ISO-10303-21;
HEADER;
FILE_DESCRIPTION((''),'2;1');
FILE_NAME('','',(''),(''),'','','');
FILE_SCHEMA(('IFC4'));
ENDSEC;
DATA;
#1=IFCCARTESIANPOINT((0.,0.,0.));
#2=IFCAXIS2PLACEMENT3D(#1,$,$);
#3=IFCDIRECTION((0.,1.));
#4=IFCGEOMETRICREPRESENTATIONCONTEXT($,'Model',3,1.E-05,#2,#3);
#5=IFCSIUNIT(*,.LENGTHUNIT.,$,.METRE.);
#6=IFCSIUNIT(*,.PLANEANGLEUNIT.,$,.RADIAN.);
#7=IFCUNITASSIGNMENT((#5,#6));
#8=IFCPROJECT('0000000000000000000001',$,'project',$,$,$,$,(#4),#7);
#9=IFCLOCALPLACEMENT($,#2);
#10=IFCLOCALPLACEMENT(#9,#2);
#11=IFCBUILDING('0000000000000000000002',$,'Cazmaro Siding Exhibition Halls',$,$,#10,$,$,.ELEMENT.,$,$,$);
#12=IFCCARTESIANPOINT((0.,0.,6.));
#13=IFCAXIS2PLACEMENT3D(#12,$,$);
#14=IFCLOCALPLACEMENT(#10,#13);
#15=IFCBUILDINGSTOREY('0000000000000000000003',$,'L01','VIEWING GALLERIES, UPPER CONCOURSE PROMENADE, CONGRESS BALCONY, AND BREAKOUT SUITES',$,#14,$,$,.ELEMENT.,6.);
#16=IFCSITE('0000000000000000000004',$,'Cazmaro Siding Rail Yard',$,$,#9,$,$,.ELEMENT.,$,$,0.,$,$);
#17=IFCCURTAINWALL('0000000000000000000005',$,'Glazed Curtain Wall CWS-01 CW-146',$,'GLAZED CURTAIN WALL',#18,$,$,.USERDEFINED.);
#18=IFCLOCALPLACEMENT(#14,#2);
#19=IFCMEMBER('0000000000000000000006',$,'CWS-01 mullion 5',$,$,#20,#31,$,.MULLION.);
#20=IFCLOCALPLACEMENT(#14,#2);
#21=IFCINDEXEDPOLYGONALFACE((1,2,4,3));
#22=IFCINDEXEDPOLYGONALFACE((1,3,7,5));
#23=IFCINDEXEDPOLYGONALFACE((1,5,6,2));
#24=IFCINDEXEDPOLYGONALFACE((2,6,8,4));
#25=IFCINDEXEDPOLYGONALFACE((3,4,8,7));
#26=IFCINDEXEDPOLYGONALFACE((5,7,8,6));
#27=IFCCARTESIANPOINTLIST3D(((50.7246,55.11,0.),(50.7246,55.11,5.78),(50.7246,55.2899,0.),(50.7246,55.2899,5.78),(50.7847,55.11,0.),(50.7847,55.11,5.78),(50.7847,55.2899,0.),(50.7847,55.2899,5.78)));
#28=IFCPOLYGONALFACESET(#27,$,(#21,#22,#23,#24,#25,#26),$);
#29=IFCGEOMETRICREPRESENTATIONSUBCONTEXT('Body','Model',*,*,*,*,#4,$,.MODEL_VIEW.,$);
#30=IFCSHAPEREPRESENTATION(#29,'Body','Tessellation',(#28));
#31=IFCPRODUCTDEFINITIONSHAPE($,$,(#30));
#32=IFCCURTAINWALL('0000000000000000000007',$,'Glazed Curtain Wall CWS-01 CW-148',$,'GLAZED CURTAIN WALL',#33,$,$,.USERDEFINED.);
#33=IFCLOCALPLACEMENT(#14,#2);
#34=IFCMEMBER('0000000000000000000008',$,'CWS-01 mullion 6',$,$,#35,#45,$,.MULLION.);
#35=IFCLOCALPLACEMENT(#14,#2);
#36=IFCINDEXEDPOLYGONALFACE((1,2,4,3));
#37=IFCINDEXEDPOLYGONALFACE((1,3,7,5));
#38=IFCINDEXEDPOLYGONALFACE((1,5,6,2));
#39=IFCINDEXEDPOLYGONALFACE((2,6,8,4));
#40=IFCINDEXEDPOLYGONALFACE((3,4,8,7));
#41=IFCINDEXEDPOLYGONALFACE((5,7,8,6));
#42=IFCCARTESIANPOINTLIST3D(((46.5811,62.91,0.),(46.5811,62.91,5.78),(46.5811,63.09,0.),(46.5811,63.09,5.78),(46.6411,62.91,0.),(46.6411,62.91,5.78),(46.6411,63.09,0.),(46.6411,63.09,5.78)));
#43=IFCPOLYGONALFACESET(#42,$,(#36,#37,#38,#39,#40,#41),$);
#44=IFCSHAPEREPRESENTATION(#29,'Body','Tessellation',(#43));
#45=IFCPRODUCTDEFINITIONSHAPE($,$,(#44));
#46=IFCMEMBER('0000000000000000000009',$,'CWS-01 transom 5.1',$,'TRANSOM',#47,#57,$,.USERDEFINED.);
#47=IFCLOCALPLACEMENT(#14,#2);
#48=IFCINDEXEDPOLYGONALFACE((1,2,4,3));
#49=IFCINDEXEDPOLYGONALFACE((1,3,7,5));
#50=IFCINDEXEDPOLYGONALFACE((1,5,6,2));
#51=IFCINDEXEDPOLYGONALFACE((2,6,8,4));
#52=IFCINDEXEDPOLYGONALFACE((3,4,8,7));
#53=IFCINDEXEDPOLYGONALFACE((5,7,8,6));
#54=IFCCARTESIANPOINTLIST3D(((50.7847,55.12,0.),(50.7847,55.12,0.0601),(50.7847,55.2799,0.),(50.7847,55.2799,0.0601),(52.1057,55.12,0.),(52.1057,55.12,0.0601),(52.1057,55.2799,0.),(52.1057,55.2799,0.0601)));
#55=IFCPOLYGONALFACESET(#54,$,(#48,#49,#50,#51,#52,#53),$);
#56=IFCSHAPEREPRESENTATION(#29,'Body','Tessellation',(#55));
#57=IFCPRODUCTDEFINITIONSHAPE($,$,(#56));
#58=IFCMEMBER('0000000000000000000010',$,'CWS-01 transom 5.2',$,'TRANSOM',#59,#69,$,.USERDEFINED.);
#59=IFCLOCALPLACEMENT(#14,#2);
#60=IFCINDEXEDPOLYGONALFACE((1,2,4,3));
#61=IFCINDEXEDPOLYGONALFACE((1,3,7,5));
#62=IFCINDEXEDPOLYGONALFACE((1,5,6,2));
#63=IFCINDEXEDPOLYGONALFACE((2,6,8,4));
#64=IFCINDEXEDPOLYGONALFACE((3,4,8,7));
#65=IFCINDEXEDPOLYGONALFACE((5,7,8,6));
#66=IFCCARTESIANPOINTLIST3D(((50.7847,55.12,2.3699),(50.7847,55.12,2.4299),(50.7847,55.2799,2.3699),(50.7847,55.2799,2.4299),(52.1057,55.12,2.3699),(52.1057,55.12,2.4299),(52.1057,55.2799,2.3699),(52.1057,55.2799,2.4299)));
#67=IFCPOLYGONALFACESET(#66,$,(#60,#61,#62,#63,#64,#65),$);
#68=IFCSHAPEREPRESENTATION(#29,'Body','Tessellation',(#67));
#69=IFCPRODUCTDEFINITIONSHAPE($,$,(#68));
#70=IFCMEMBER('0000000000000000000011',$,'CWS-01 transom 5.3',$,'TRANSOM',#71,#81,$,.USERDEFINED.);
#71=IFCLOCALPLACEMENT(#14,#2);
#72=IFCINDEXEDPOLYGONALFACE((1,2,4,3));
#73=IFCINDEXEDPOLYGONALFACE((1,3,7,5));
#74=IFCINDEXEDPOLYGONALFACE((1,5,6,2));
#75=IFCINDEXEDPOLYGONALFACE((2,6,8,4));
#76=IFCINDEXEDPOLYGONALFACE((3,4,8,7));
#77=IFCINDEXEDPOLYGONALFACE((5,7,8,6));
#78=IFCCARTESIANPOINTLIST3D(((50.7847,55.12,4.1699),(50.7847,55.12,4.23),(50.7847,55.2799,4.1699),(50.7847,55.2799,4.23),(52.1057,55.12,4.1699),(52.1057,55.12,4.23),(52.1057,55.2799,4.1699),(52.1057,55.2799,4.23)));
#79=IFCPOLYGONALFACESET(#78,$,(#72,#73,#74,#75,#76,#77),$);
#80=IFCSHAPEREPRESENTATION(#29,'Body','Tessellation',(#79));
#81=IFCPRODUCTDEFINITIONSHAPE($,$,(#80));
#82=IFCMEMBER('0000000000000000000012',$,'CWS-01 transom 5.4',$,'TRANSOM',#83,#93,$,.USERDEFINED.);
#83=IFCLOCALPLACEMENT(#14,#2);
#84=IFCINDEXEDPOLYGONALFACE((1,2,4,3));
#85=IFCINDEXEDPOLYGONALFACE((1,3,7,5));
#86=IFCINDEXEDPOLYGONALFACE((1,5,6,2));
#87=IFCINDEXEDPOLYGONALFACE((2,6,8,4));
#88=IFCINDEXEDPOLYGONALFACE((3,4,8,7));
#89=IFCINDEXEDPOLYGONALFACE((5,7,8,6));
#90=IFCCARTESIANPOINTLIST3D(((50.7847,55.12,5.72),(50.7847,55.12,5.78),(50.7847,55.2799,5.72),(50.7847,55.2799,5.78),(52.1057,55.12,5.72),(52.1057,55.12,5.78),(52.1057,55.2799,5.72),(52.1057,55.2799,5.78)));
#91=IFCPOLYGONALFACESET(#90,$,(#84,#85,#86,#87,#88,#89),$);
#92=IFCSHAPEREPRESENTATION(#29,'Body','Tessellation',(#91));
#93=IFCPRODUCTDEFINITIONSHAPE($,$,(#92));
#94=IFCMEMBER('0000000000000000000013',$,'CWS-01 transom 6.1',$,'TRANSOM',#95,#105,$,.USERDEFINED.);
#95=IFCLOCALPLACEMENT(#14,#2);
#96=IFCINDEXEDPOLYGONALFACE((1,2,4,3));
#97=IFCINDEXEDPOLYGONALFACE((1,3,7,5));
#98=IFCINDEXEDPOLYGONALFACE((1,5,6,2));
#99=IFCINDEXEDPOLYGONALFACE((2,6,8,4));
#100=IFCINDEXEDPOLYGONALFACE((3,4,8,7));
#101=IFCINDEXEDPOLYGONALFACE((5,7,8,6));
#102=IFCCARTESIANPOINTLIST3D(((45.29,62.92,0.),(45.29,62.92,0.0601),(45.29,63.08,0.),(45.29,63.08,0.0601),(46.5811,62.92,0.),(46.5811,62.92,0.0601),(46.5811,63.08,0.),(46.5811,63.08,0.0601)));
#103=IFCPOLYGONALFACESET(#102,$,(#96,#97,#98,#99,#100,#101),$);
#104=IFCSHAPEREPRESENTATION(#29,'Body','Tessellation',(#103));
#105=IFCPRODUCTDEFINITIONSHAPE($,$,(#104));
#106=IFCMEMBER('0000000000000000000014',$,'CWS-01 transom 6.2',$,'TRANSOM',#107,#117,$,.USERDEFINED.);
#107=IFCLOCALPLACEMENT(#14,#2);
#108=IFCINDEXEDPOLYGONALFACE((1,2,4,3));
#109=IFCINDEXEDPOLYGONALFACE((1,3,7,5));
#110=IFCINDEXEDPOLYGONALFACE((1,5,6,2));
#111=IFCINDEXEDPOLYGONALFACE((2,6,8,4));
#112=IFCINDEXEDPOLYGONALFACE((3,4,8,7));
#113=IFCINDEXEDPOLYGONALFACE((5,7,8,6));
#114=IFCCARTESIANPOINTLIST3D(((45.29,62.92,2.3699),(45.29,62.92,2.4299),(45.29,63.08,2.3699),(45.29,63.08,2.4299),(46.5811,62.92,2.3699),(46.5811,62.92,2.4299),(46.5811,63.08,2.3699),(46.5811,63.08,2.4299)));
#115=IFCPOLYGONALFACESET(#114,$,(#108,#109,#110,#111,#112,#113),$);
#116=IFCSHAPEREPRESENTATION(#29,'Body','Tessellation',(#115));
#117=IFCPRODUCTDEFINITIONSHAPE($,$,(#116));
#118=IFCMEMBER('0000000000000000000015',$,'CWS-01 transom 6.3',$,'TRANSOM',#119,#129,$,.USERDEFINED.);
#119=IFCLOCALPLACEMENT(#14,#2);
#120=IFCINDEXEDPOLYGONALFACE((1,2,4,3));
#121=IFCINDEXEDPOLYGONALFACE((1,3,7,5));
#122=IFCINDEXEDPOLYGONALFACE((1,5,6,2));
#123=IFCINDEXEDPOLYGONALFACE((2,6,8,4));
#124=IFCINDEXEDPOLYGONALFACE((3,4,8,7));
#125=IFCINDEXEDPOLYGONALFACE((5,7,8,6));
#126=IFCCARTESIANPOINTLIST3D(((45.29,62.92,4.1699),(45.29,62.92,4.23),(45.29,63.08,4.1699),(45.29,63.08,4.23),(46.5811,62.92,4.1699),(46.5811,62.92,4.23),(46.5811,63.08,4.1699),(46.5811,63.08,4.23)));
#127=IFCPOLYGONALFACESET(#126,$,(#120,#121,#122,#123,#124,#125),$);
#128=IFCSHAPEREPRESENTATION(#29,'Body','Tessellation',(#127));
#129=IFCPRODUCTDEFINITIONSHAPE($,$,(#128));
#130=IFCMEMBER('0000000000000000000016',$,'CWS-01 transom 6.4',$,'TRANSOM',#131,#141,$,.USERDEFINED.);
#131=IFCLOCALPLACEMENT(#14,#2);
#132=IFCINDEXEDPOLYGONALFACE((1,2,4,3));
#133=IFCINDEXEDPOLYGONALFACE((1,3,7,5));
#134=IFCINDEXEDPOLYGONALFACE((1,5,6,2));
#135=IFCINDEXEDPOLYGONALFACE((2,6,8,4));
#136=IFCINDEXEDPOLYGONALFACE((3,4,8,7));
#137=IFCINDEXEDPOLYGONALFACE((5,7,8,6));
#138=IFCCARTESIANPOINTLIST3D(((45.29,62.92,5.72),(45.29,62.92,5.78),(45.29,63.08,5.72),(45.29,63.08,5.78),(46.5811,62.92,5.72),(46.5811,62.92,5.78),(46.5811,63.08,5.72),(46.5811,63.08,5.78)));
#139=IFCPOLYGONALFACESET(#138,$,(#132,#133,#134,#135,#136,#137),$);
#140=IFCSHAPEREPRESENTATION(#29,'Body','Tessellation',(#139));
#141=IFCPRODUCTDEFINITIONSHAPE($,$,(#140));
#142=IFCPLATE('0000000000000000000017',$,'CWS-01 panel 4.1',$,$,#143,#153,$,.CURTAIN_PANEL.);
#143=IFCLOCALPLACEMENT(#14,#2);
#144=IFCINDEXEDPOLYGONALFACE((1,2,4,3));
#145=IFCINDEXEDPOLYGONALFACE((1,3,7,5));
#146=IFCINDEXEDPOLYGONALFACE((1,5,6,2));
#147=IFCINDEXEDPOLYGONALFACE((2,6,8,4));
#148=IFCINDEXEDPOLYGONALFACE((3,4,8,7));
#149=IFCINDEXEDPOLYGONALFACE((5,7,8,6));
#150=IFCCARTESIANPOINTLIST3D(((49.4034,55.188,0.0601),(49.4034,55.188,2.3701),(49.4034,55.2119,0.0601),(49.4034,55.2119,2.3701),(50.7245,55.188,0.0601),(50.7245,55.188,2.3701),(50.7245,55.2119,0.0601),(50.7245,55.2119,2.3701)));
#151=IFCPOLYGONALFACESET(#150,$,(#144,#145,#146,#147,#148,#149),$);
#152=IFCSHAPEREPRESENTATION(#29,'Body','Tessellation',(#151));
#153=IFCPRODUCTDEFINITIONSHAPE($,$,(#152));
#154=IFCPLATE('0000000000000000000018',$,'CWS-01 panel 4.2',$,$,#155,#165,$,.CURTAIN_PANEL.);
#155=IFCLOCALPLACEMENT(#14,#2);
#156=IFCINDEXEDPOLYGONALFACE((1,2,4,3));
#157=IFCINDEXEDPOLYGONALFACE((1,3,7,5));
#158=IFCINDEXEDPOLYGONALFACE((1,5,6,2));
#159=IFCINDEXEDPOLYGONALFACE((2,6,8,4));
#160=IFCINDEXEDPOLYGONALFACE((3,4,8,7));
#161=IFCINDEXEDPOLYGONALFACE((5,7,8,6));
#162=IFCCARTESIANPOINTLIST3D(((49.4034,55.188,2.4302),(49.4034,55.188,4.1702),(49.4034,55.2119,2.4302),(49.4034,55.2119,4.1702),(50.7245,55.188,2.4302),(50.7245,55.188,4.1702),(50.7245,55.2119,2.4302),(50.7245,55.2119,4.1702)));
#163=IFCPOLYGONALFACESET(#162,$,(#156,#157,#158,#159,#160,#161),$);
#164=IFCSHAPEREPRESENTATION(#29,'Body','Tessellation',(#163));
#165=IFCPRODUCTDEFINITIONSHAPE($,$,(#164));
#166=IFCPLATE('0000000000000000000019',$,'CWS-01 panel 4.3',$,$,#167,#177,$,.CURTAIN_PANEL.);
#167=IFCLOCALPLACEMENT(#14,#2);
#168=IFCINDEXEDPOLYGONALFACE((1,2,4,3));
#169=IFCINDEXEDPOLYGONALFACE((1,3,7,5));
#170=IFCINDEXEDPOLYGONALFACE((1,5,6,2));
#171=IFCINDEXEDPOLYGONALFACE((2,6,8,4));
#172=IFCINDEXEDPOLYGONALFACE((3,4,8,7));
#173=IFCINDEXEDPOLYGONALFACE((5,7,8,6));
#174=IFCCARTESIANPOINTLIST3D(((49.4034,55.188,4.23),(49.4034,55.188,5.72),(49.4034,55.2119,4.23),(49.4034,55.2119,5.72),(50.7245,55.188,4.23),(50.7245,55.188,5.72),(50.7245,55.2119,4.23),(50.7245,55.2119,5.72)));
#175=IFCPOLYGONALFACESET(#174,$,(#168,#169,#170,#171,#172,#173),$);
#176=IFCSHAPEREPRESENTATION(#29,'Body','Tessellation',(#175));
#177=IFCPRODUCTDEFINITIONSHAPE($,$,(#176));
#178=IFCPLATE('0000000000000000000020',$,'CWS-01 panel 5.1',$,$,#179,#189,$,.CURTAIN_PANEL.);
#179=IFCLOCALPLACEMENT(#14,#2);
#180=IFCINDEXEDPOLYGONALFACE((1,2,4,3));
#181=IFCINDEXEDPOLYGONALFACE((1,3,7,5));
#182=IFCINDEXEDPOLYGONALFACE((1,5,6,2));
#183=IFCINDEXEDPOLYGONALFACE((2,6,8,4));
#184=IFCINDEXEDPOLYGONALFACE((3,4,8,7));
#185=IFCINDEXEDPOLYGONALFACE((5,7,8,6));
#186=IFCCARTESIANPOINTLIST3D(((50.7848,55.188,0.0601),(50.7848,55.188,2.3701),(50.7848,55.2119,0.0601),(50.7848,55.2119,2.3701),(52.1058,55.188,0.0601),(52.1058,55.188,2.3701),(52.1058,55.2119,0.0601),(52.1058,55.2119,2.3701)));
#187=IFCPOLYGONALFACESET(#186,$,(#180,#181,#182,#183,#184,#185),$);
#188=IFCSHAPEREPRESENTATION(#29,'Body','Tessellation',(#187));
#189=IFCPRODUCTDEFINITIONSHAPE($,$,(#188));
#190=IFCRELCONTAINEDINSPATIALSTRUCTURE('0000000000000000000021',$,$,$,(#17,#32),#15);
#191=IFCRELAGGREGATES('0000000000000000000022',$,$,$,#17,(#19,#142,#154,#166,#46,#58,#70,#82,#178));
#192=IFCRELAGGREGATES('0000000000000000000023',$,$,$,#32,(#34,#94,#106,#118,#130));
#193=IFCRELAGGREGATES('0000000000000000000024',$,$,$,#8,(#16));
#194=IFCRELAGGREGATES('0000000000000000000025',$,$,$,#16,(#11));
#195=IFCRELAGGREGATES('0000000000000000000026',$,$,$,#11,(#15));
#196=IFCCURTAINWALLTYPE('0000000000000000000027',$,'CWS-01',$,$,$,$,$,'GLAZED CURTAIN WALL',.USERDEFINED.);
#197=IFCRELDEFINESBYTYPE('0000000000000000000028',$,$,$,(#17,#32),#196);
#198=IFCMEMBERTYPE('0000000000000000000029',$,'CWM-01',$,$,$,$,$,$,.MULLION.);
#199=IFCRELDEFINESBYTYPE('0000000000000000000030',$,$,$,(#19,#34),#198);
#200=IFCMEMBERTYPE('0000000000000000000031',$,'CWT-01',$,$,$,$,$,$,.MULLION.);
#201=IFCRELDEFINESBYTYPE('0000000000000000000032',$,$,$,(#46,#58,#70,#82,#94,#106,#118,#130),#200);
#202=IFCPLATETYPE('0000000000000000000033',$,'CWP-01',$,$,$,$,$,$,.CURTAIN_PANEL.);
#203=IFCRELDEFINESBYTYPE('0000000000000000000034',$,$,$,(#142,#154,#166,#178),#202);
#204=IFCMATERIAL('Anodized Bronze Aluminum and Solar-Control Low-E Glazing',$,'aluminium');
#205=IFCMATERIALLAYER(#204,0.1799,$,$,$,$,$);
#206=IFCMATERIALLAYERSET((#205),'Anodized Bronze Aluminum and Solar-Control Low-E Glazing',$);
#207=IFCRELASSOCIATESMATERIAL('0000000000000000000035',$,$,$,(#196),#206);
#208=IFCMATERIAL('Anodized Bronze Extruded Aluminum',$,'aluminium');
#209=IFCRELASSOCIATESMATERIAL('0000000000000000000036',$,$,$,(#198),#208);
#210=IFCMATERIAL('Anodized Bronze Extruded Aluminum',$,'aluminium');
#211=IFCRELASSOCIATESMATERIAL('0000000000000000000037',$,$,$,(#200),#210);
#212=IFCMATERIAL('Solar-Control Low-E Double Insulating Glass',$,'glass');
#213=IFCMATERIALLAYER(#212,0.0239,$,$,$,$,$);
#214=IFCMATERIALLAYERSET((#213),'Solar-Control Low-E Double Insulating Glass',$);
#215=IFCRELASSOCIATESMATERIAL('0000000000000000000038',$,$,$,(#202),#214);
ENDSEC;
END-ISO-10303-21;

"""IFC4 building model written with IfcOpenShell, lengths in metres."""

from ifc_helpers import new_model, si_unit, direction, frame, origin, origin_2d, place, context, subcontext, project, spatial, rectangle, extrude, material, layer, layer_set, material_profile, profile_set, type_object, element, aggregate, save


model = new_model("IFC4")

# Units and contexts
model_context = context("Model", 3, precision=1e-05, world=origin(), true_north=direction((0.0, 1.0)))
body_context = subcontext(model_context, "Body", "Model", "MODEL_VIEW")
ifc_project = project(units=[si_unit("LENGTHUNIT", "METRE"), si_unit("PLANEANGLEUNIT", "RADIAN")], contexts=[model_context])

# Site, building, storey
site_placement = place(None, origin())
site = spatial("IfcSite", under=ifc_project, at=site_placement, Name="Cazmaro Siding Rail Yard", CompositionType="ELEMENT", RefElevation=0.0)
building_placement = place(site_placement, origin())
building = spatial("IfcBuilding", under=site, at=building_placement, Name="Cazmaro Siding Exhibition Halls", CompositionType="ELEMENT")
storey_placement = place(building_placement, frame((0.0, 0.0, 6.0)))
storey = spatial("IfcBuildingStorey", under=building, at=storey_placement, Name="L01", Description="VIEWING GALLERIES, UPPER CONCOURSE PROMENADE, CONGRESS BALCONY, AND BREAKOUT SUITES", CompositionType="ELEMENT", Elevation=6.0)

# Curtain walls, members
ifc_material_1 = material(Name="Anodized Bronze Aluminum and Solar-Control Low-E Glazing", Category="aluminium")
ifc_layer_1 = layer(ifc_material_1, 0.1799)
ifc_layer_set_1 = layer_set([ifc_layer_1], Name="Anodized Bronze Aluminum and Solar-Control Low-E Glazing")
curtain_wall_type = type_object("IfcCurtainWallType", Name="CWS-01", ElementType="GLAZED CURTAIN WALL", PredefinedType="USERDEFINED", material=ifc_layer_set_1)
curtain_wall_1_placement = place(storey_placement, origin())
curtain_wall_1 = element("IfcCurtainWall", 1, at=curtain_wall_1_placement, inside=storey, type_object=curtain_wall_type, Name="Glazed Curtain Wall CWS-01 CW-146", ObjectType="GLAZED CURTAIN WALL", PredefinedType="USERDEFINED")
ifc_material_2 = material(Name="Anodized Bronze Extruded Aluminum", Category="aluminium")
ifc_material_profile_1 = material_profile(ifc_material_2, rectangle(XDim=0.1799, YDim=0.0601, at=origin_2d()), Name="CWM-01")
ifc_profile_set_1 = profile_set([ifc_material_profile_1], Name="Anodized Bronze Extruded Aluminum")
member_type_1 = type_object("IfcMemberType", Name="CWM-01", PredefinedType="MULLION", material=ifc_profile_set_1)
member_1_placement = place(storey_placement, frame((50.7546, 55.2, 0.0), z_axis=(0.0, 0.0, 1.0), x_axis=(0.0, 1.0, 0.0)))
member_1 = element("IfcMember", 2, at=member_1_placement, type_object=member_type_1, Name="CWS-01 mullion 5", PredefinedType="MULLION", context=body_context, shape_type="SweptSolid", body=[
    extrude(rectangle(XDim=0.1799, YDim=0.0601, at=origin_2d()), origin(), (0.0, 0.0, 1.0), 5.78),
])
curtain_wall_2_placement = place(storey_placement, origin())
curtain_wall_2 = element("IfcCurtainWall", 3, at=curtain_wall_2_placement, inside=storey, type_object=curtain_wall_type, Name="Glazed Curtain Wall CWS-01 CW-148", ObjectType="GLAZED CURTAIN WALL", PredefinedType="USERDEFINED")
member_2_placement = place(storey_placement, frame((46.6111, 63.0, 0.0), z_axis=(0.0, 0.0, 1.0), x_axis=(0.0, -1.0, 0.0)))
member_2 = element("IfcMember", 4, at=member_2_placement, type_object=member_type_1, Name="CWS-01 mullion 6", PredefinedType="MULLION", context=body_context, shape_type="SweptSolid", body=[
    extrude(rectangle(XDim=0.1799, YDim=0.0601, at=origin_2d()), origin(), (0.0, 0.0, 1.0), 5.78),
])

# Members
ifc_material_3 = material(Name="Anodized Bronze Extruded Aluminum", Category="aluminium")
ifc_material_profile_2 = material_profile(ifc_material_3, rectangle(XDim=0.1599, YDim=0.0601, at=origin_2d()), Name="CWT-01")
ifc_profile_set_2 = profile_set([ifc_material_profile_2], Name="Anodized Bronze Extruded Aluminum")
member_type_2 = type_object("IfcMemberType", Name="CWT-01", PredefinedType="MULLION", material=ifc_profile_set_2)
member_3_placement = place(storey_placement, frame((50.7847, 55.2, 0.03), z_axis=(1.0, 0.0, 0.0), x_axis=(0.0, 1.0, 0.0)))
member_3 = element("IfcMember", 5, at=member_3_placement, type_object=member_type_2, Name="CWS-01 transom 5.1", ObjectType="TRANSOM", PredefinedType="USERDEFINED", context=body_context, shape_type="SweptSolid", body=[
    extrude(rectangle(XDim=0.1599, YDim=0.0601, at=origin_2d()), origin(), (0.0, 0.0, 1.0), 1.321),
])
member_4_placement = place(storey_placement, frame((50.7847, 55.2, 2.3999), z_axis=(1.0, 0.0, 0.0), x_axis=(0.0, 1.0, 0.0)))
member_4 = element("IfcMember", 6, at=member_4_placement, type_object=member_type_2, Name="CWS-01 transom 5.2", ObjectType="TRANSOM", PredefinedType="USERDEFINED", context=body_context, shape_type="SweptSolid", body=[
    extrude(rectangle(XDim=0.1599, YDim=0.0601, at=origin_2d()), origin(), (0.0, 0.0, 1.0), 1.321),
])
member_5_placement = place(storey_placement, frame((50.7847, 55.2, 4.2), z_axis=(1.0, 0.0, 0.0), x_axis=(0.0, 1.0, 0.0)))
member_5 = element("IfcMember", 7, at=member_5_placement, type_object=member_type_2, Name="CWS-01 transom 5.3", ObjectType="TRANSOM", PredefinedType="USERDEFINED", context=body_context, shape_type="SweptSolid", body=[
    extrude(rectangle(XDim=0.1599, YDim=0.0601, at=origin_2d()), origin(), (0.0, 0.0, 1.0), 1.321),
])
member_6_placement = place(storey_placement, frame((50.7847, 55.2, 5.75), z_axis=(1.0, 0.0, 0.0), x_axis=(0.0, 1.0, 0.0)))
member_6 = element("IfcMember", 8, at=member_6_placement, type_object=member_type_2, Name="CWS-01 transom 5.4", ObjectType="TRANSOM", PredefinedType="USERDEFINED", context=body_context, shape_type="SweptSolid", body=[
    extrude(rectangle(XDim=0.1599, YDim=0.0601, at=origin_2d()), origin(), (0.0, 0.0, 1.0), 1.321),
])
member_7_placement = place(storey_placement, frame((46.5811, 63.0, 0.03), z_axis=(-1.0, 0.0, 0.0), x_axis=(0.0, -1.0, 0.0)))
member_7 = element("IfcMember", 9, at=member_7_placement, type_object=member_type_2, Name="CWS-01 transom 6.1", ObjectType="TRANSOM", PredefinedType="USERDEFINED", context=body_context, shape_type="SweptSolid", body=[
    extrude(rectangle(XDim=0.1599, YDim=0.0601, at=origin_2d()), origin(), (0.0, 0.0, 1.0), 1.291),
])
member_8_placement = place(storey_placement, frame((46.5811, 63.0, 2.3999), z_axis=(-1.0, 0.0, 0.0), x_axis=(0.0, -1.0, 0.0)))
member_8 = element("IfcMember", 10, at=member_8_placement, type_object=member_type_2, Name="CWS-01 transom 6.2", ObjectType="TRANSOM", PredefinedType="USERDEFINED", context=body_context, shape_type="SweptSolid", body=[
    extrude(rectangle(XDim=0.1599, YDim=0.0601, at=origin_2d()), origin(), (0.0, 0.0, 1.0), 1.291),
])
member_9_placement = place(storey_placement, frame((46.5811, 63.0, 4.2), z_axis=(-1.0, 0.0, 0.0), x_axis=(0.0, -1.0, 0.0)))
member_9 = element("IfcMember", 11, at=member_9_placement, type_object=member_type_2, Name="CWS-01 transom 6.3", ObjectType="TRANSOM", PredefinedType="USERDEFINED", context=body_context, shape_type="SweptSolid", body=[
    extrude(rectangle(XDim=0.1599, YDim=0.0601, at=origin_2d()), origin(), (0.0, 0.0, 1.0), 1.291),
])
member_10_placement = place(storey_placement, frame((46.5811, 63.0, 5.75), z_axis=(-1.0, 0.0, 0.0), x_axis=(0.0, -1.0, 0.0)))
member_10 = element("IfcMember", 12, at=member_10_placement, type_object=member_type_2, Name="CWS-01 transom 6.4", ObjectType="TRANSOM", PredefinedType="USERDEFINED", context=body_context, shape_type="SweptSolid", body=[
    extrude(rectangle(XDim=0.1599, YDim=0.0601, at=origin_2d()), origin(), (0.0, 0.0, 1.0), 1.291),
])

# Plates
ifc_material_4 = material(Name="Solar-Control Low-E Double Insulating Glass", Category="glass")
ifc_layer_2 = layer(ifc_material_4, 0.0239)
ifc_layer_set_2 = layer_set([ifc_layer_2], Name="Solar-Control Low-E Double Insulating Glass")
plate_type = type_object("IfcPlateType", Name="CWP-01", PredefinedType="CURTAIN_PANEL", material=ifc_layer_set_2)
plate_1_placement = place(storey_placement, frame((50.064, 55.2, 0.0601), z_axis=(0.0, 0.0, 1.0), x_axis=(1.0, 0.0, 0.0)))
plate_1 = element("IfcPlate", 13, at=plate_1_placement, type_object=plate_type, Name="CWS-01 panel 4.1", PredefinedType="CURTAIN_PANEL", context=body_context, shape_type="SweptSolid", body=[
    extrude(rectangle(XDim=1.321, YDim=0.0239, at=origin_2d()), origin(), (0.0, 0.0, 1.0), 2.3101),
])
plate_2_placement = place(storey_placement, frame((50.064, 55.2, 2.4302), z_axis=(0.0, 0.0, 1.0), x_axis=(1.0, 0.0, 0.0)))
plate_2 = element("IfcPlate", 14, at=plate_2_placement, type_object=plate_type, Name="CWS-01 panel 4.2", PredefinedType="CURTAIN_PANEL", context=body_context, shape_type="SweptSolid", body=[
    extrude(rectangle(XDim=1.321, YDim=0.0239, at=origin_2d()), origin(), (0.0, 0.0, 1.0), 1.74),
])
plate_3_placement = place(storey_placement, frame((50.064, 55.2, 4.23), z_axis=(0.0, 0.0, 1.0), x_axis=(1.0, 0.0, 0.0)))
plate_3 = element("IfcPlate", 15, at=plate_3_placement, type_object=plate_type, Name="CWS-01 panel 4.3", PredefinedType="CURTAIN_PANEL", context=body_context, shape_type="SweptSolid", body=[
    extrude(rectangle(XDim=1.321, YDim=0.0239, at=origin_2d()), origin(), (0.0, 0.0, 1.0), 1.49),
])
plate_4_placement = place(storey_placement, frame((51.4453, 55.2, 0.0601), z_axis=(0.0, 0.0, 1.0), x_axis=(1.0, 0.0, 0.0)))
plate_4 = element("IfcPlate", 16, at=plate_4_placement, type_object=plate_type, Name="CWS-01 panel 5.1", PredefinedType="CURTAIN_PANEL", context=body_context, shape_type="SweptSolid", body=[
    extrude(rectangle(XDim=1.321, YDim=0.0239, at=origin_2d()), origin(), (0.0, 0.0, 1.0), 2.3101),
])
aggregate(curtain_wall_1, [member_1, plate_1, plate_2, plate_3, member_3, member_4, member_5, member_6, plate_4])
aggregate(curtain_wall_2, [member_2, member_7, member_8, member_9, member_10])

save(model, "model.ifc")
